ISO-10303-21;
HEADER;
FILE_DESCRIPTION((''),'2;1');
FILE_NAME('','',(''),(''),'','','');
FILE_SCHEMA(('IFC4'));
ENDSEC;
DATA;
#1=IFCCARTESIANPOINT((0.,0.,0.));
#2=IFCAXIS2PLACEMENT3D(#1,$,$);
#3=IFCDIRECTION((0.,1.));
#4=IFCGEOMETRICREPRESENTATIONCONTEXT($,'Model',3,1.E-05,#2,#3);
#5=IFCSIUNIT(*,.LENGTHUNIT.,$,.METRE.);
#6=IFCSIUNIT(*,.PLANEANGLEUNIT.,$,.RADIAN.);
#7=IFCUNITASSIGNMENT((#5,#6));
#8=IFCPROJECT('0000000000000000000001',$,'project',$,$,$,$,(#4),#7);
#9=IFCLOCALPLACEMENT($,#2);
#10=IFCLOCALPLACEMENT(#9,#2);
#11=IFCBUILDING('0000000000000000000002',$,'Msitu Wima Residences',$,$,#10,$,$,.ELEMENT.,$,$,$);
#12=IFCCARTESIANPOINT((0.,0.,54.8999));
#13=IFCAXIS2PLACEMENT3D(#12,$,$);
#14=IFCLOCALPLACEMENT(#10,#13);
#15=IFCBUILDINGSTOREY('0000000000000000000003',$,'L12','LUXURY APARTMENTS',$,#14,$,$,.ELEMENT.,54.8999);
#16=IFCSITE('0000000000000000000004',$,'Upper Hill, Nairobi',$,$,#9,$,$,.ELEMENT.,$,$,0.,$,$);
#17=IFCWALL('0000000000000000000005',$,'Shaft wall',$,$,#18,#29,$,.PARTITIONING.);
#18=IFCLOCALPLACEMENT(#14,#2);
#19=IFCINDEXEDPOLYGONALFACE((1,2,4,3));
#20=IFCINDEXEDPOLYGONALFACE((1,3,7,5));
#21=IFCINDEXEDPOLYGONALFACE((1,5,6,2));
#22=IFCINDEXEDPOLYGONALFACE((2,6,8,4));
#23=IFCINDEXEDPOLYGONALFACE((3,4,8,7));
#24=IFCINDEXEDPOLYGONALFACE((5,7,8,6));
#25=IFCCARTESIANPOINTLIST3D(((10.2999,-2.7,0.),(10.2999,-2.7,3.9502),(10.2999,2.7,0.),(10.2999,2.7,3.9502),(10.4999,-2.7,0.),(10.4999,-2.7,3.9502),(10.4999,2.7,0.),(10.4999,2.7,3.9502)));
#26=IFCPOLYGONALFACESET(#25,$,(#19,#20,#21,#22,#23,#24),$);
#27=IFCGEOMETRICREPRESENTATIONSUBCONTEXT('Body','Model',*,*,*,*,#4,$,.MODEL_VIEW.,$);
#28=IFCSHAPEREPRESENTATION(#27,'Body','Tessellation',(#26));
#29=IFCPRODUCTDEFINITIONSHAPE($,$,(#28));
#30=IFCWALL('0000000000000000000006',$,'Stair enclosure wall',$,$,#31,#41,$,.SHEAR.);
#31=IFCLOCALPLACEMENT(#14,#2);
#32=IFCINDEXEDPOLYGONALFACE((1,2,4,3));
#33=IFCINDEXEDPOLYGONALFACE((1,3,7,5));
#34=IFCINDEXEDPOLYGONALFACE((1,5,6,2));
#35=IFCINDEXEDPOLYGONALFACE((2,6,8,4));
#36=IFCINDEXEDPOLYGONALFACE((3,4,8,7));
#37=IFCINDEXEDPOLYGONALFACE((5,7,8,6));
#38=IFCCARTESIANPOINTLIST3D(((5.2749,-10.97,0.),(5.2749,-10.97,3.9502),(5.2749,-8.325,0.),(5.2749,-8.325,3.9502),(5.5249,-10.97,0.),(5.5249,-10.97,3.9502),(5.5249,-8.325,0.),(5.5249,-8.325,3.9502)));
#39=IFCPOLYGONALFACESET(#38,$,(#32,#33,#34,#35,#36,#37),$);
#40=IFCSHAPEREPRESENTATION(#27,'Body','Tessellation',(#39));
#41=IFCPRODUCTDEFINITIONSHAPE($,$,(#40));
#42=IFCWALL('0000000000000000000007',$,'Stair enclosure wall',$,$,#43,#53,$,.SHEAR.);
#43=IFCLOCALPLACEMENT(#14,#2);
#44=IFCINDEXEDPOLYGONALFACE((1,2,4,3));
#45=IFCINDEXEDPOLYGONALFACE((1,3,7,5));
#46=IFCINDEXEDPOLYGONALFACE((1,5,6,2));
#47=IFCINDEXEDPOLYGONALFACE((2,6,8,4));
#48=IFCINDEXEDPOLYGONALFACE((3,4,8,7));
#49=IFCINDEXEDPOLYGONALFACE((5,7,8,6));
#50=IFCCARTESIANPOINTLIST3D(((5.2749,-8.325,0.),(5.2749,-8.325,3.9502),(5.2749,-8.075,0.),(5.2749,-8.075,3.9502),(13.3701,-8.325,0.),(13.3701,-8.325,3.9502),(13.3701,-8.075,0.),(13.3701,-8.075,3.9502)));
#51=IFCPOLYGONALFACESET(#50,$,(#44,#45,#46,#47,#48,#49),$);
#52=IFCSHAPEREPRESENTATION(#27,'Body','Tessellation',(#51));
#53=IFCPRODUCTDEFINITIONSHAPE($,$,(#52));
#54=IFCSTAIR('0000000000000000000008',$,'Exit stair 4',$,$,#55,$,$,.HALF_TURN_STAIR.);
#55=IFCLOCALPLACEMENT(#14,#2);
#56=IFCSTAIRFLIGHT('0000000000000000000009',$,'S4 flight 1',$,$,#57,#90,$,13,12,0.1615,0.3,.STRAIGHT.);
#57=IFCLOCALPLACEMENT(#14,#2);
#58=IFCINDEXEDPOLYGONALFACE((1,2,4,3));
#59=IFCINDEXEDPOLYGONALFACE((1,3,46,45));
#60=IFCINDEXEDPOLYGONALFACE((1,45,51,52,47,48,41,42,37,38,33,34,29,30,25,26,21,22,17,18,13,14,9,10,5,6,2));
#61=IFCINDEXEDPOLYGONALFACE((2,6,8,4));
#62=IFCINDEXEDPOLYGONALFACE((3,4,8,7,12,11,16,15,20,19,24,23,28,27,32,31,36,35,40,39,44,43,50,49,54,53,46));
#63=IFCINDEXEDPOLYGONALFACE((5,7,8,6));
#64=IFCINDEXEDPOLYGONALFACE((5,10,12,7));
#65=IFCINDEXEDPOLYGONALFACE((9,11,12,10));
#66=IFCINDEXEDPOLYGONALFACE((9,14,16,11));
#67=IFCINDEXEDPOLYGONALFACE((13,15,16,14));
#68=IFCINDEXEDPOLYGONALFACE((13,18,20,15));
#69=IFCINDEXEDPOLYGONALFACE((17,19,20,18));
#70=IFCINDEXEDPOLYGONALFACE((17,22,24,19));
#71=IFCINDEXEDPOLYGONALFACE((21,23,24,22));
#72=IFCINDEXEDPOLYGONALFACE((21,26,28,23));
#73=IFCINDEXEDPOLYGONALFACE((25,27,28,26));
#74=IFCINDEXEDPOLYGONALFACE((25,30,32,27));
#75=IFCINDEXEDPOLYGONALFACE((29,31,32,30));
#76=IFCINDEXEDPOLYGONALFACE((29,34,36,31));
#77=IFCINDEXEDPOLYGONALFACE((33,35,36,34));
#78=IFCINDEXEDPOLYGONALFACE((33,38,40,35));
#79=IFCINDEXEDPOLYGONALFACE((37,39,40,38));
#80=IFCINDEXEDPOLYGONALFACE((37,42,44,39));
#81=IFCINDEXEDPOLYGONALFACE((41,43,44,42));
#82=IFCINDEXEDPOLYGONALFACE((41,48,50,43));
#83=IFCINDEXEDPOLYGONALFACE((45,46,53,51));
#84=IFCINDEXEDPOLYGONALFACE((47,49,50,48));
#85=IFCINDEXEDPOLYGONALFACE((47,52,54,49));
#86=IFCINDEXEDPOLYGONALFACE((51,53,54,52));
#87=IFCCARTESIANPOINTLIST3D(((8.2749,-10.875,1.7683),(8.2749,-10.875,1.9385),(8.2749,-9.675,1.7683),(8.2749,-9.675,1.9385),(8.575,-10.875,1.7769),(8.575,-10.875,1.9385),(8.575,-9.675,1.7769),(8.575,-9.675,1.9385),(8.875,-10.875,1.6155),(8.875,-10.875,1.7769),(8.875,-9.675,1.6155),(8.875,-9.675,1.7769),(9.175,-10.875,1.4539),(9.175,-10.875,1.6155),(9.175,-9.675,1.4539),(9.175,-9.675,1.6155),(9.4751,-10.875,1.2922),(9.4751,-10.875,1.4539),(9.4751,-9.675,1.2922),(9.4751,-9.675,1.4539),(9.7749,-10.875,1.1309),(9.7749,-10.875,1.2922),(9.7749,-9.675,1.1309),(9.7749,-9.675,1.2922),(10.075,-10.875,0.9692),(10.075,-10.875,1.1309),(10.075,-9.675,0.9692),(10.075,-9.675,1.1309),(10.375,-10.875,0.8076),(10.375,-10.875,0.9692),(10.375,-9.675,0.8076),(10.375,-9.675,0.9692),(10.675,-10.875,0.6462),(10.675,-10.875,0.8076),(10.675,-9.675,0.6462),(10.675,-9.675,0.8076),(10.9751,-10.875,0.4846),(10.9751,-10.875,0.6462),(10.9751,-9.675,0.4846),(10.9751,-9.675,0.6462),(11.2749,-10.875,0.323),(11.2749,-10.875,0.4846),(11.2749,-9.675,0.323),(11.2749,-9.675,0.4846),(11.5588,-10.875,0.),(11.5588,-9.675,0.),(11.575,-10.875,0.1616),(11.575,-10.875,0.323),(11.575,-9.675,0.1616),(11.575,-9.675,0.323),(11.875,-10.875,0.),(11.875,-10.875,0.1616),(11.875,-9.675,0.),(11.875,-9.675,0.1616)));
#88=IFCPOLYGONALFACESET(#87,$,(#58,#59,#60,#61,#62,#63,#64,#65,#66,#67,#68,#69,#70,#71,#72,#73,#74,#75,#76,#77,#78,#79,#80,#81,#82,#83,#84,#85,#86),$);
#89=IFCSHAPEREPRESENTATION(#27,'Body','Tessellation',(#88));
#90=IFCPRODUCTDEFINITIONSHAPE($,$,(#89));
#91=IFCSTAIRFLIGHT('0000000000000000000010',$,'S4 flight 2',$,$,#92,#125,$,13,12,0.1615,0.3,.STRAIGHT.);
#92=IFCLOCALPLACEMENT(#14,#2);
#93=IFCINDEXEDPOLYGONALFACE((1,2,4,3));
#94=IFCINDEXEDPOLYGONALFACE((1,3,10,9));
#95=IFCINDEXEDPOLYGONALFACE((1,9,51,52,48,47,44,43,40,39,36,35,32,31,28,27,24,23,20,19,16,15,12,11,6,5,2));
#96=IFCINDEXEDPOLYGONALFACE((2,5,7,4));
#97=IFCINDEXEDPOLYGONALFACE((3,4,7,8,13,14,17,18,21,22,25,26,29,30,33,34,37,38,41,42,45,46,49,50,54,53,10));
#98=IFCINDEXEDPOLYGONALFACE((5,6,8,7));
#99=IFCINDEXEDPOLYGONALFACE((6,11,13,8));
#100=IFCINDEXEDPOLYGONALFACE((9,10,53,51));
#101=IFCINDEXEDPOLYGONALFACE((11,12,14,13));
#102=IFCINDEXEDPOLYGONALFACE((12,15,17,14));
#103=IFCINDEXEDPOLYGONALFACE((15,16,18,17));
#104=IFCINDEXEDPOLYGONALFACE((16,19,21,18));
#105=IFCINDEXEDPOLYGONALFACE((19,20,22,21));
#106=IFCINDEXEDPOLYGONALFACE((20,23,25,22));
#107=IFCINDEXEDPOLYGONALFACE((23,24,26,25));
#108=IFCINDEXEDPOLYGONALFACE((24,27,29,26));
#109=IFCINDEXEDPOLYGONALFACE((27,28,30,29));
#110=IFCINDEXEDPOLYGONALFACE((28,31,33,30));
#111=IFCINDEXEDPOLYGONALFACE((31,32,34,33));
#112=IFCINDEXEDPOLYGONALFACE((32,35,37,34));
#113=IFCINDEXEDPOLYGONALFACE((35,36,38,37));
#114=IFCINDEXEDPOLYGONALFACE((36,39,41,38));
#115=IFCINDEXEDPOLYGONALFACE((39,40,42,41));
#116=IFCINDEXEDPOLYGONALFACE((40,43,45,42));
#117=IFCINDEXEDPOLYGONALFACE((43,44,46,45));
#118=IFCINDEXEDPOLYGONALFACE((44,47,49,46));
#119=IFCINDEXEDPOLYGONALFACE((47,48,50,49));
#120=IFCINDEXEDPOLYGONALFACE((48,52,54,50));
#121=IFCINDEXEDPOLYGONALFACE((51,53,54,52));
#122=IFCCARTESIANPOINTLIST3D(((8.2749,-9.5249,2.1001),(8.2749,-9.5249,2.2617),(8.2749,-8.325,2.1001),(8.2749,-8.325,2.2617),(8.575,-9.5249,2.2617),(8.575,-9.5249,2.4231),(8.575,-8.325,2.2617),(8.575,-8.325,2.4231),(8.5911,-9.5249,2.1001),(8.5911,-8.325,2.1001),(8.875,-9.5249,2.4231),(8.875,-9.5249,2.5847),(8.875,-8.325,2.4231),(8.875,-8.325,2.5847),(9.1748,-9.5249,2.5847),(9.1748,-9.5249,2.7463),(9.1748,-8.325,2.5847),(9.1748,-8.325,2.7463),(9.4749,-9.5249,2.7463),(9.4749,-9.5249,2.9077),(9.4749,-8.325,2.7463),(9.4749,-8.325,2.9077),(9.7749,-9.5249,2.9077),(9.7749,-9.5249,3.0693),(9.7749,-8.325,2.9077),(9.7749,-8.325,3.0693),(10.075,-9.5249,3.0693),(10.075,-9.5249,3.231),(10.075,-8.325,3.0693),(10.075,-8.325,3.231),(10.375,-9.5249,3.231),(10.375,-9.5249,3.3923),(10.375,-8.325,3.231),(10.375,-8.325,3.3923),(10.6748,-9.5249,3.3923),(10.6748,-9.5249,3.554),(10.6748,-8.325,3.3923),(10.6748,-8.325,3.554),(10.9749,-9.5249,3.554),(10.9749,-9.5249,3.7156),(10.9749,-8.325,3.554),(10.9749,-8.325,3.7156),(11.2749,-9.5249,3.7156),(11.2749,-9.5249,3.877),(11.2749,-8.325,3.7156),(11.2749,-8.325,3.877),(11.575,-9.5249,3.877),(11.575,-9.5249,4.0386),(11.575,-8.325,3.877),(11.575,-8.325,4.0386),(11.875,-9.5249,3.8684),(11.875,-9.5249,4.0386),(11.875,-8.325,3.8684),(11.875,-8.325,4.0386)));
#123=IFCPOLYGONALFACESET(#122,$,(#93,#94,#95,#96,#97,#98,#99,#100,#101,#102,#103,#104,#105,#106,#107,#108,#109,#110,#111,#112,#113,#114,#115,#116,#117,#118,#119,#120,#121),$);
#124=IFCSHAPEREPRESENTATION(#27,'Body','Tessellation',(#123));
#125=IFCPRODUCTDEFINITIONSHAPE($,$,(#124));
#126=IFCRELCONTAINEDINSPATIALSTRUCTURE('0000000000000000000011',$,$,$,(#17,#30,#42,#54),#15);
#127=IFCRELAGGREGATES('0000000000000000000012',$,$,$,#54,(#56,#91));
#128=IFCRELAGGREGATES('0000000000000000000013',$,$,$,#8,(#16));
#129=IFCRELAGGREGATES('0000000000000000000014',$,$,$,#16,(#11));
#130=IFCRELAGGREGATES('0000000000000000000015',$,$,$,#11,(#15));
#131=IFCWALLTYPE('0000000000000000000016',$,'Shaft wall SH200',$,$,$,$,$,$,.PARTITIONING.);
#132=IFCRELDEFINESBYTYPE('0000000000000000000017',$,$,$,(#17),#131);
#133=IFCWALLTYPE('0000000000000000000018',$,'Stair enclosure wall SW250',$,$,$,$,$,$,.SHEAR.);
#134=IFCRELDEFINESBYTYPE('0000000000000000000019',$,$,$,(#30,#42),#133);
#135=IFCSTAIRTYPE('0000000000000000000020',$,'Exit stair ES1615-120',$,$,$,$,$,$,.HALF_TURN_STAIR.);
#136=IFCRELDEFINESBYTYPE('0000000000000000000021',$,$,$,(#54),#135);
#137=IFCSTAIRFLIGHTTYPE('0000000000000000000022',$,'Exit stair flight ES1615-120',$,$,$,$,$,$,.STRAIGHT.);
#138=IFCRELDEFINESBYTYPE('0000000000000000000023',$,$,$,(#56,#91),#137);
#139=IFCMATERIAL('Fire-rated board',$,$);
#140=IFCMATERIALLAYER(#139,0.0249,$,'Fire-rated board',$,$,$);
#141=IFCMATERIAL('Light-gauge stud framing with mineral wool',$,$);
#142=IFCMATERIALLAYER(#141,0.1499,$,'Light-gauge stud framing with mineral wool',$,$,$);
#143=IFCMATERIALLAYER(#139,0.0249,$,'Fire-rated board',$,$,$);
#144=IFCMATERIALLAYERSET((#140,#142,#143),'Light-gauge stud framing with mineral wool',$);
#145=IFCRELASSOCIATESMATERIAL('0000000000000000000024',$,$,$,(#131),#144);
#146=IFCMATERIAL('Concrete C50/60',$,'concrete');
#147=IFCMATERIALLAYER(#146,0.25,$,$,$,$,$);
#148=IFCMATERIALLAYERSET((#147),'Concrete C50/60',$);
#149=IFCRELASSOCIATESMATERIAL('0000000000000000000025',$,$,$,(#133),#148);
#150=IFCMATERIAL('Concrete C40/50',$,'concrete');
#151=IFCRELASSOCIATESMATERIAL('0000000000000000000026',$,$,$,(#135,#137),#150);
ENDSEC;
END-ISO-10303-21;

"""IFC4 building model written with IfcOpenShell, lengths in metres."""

from ifc_helpers import new_model, si_unit, direction, frame, frame_2d, origin, place, context, subcontext, project, spatial, polyline, rectangle, outline, extrude, material, layer, layer_set, type_object, element, aggregate, save


model = new_model("IFC4")

# Units and contexts
model_context = context("Model", 3, precision=1e-05, world=origin(), true_north=direction((0.0, 1.0)))
body_context = subcontext(model_context, "Body", "Model", "MODEL_VIEW")
ifc_project = project(units=[si_unit("LENGTHUNIT", "METRE"), si_unit("PLANEANGLEUNIT", "RADIAN")], contexts=[model_context])

# Site, building, storey
site_placement = place(None, origin())
site = spatial("IfcSite", under=ifc_project, at=site_placement, Name="Upper Hill, Nairobi", CompositionType="ELEMENT", RefElevation=0.0)
building_placement = place(site_placement, origin())
building = spatial("IfcBuilding", under=site, at=building_placement, Name="Msitu Wima Residences", CompositionType="ELEMENT")
storey_placement = place(building_placement, frame((0.0, 0.0, 54.8999)))
storey = spatial("IfcBuildingStorey", under=building, at=storey_placement, Name="L12", Description="LUXURY APARTMENTS", CompositionType="ELEMENT", Elevation=54.8999)

# Shared definitions
ifc_material_1 = material(Name="Concrete C40/50", Category="concrete")

# Walls
ifc_material_2 = material(Name="Fire-rated board")
ifc_layer_1 = layer(ifc_material_2, 0.0249, Name="Fire-rated board")
ifc_material_3 = material(Name="Light-gauge stud framing with mineral wool")
ifc_layer_2 = layer(ifc_material_3, 0.1499, Name="Light-gauge stud framing with mineral wool")
ifc_layer_3 = layer(ifc_material_2, 0.0249, Name="Fire-rated board")
ifc_layer_set_1 = layer_set([ifc_layer_1, ifc_layer_2, ifc_layer_3], Name="Light-gauge stud framing with mineral wool")
wall_type_1 = type_object("IfcWallType", Name="Shaft wall SH200", PredefinedType="PARTITIONING", material=ifc_layer_set_1)
wall_1_placement = place(storey_placement, frame((10.3999, -2.7, 0.0), z_axis=(0.0, 0.0, 1.0), x_axis=(0.0, 1.0, 0.0)))
element("IfcWall", 1, at=wall_1_placement, inside=storey, type_object=wall_type_1, Name="Shaft wall", PredefinedType="PARTITIONING", context=body_context, shape_type="SweptSolid", body=[
    extrude(rectangle(XDim=5.3999, YDim=0.2, at=frame_2d((2.7, 0.0))), origin(), (0.0, 0.0, 1.0), 3.9502),
])
ifc_material_4 = material(Name="Concrete C50/60", Category="concrete")
ifc_layer_4 = layer(ifc_material_4, 0.25)
ifc_layer_set_2 = layer_set([ifc_layer_4], Name="Concrete C50/60")
wall_type_2 = type_object("IfcWallType", Name="Stair enclosure wall SW250", PredefinedType="SHEAR", material=ifc_layer_set_2)
wall_2_placement = place(storey_placement, frame((5.3999, -10.97, 0.0), z_axis=(0.0, 0.0, 1.0), x_axis=(0.0, 1.0, 0.0)))
element("IfcWall", 2, at=wall_2_placement, inside=storey, type_object=wall_type_2, Name="Stair enclosure wall", PredefinedType="SHEAR", context=body_context, shape_type="SweptSolid", body=[
    extrude(rectangle(XDim=2.645, YDim=0.25, at=frame_2d((1.3225, 0.0))), origin(), (0.0, 0.0, 1.0), 3.9502),
])
wall_3_placement = place(storey_placement, frame((5.2749, -8.2, 0.0), z_axis=(0.0, 0.0, 1.0), x_axis=(1.0, 0.0, 0.0)))
element("IfcWall", 3, at=wall_3_placement, inside=storey, type_object=wall_type_2, Name="Stair enclosure wall", PredefinedType="SHEAR", context=body_context, shape_type="SweptSolid", body=[
    extrude(rectangle(XDim=8.0952, YDim=0.25, at=frame_2d((4.0476, 0.0))), origin(), (0.0, 0.0, 1.0), 3.9502),
])

# Stair, stair flights
stair_type = type_object("IfcStairType", Name="Exit stair ES1615-120", PredefinedType="HALF_TURN_STAIR", material=ifc_material_1)
stair_placement = place(storey_placement, origin())
stair = element("IfcStair", 4, at=stair_placement, inside=storey, type_object=stair_type, Name="Exit stair 4", PredefinedType="HALF_TURN_STAIR")
stair_flight_type = type_object("IfcStairFlightType", Name="Exit stair flight ES1615-120", PredefinedType="STRAIGHT", material=ifc_material_1)
stair_flight_1_placement = place(storey_placement, frame((11.875, -10.2749, 0.0), z_axis=(0.0, 0.0, 1.0), x_axis=(-1.0, 0.0, 0.0)))
stair_flight_1 = element("IfcStairFlight", 5, at=stair_flight_1_placement, type_object=stair_flight_type, Name="S4 flight 1", NumberOfRisers=13, NumberOfTreads=12, PredefinedType="STRAIGHT", RiserHeight=0.1615, TreadLength=0.3, context=body_context, shape_type="SweptSolid", body=[
    extrude(outline(polyline([(0.0, 0.0), (0.0, 0.1616), (0.3, 0.1616), (0.3, 0.323), (0.6001, 0.323), (0.6001, 0.4846), (0.8999, 0.4846), (0.8999, 0.6462), (1.2, 0.6462), (1.2, 0.8076), (1.5, 0.8076), (1.5, 0.9692), (1.8, 0.9692), (1.8, 1.1309), (2.1001, 1.1309), (2.1001, 1.2922), (2.3999, 1.2922), (2.3999, 1.4539), (2.7, 1.4539), (2.7, 1.6155), (3.0, 1.6155), (3.0, 1.7769), (3.3, 1.7769), (3.3, 1.9385), (3.6001, 1.9385), (3.6001, 2.1001), (3.6001, 1.7683), (0.3162, 0.0), (0.0, 0.0)])), frame((0.0, 0.6001, 0.0), z_axis=(0.0, -1.0, 0.0), x_axis=(1.0, 0.0, 0.0)), (0.0, 0.0, 1.0), 1.2),
])
stair_flight_2_placement = place(storey_placement, frame((8.2749, -8.925, 2.1001), z_axis=(0.0, 0.0, 1.0), x_axis=(1.0, 0.0, 0.0)))
stair_flight_2 = element("IfcStairFlight", 6, at=stair_flight_2_placement, type_object=stair_flight_type, Name="S4 flight 2", NumberOfRisers=13, NumberOfTreads=12, PredefinedType="STRAIGHT", RiserHeight=0.1615, TreadLength=0.3, context=body_context, shape_type="SweptSolid", body=[
    extrude(outline(polyline([(0.0, 0.0), (0.0, 0.1616), (0.3, 0.1616), (0.3, 0.323), (0.6001, 0.323), (0.6001, 0.4846), (0.8999, 0.4846), (0.8999, 0.6462), (1.2, 0.6462), (1.2, 0.8076), (1.5, 0.8076), (1.5, 0.9692), (1.8, 0.9692), (1.8, 1.1309), (2.1001, 1.1309), (2.1001, 1.2922), (2.3999, 1.2922), (2.3999, 1.4539), (2.7, 1.4539), (2.7, 1.6155), (3.0, 1.6155), (3.0, 1.7769), (3.3, 1.7769), (3.3, 1.9385), (3.6001, 1.9385), (3.6001, 2.1001), (3.6001, 1.7683), (0.3162, 0.0), (0.0, 0.0)])), frame((0.0, 0.6001, 0.0), z_axis=(0.0, -1.0, 0.0), x_axis=(1.0, 0.0, 0.0)), (0.0, 0.0, 1.0), 1.2),
])
aggregate(stair, [stair_flight_1, stair_flight_2])

save(model, "model.ifc")
